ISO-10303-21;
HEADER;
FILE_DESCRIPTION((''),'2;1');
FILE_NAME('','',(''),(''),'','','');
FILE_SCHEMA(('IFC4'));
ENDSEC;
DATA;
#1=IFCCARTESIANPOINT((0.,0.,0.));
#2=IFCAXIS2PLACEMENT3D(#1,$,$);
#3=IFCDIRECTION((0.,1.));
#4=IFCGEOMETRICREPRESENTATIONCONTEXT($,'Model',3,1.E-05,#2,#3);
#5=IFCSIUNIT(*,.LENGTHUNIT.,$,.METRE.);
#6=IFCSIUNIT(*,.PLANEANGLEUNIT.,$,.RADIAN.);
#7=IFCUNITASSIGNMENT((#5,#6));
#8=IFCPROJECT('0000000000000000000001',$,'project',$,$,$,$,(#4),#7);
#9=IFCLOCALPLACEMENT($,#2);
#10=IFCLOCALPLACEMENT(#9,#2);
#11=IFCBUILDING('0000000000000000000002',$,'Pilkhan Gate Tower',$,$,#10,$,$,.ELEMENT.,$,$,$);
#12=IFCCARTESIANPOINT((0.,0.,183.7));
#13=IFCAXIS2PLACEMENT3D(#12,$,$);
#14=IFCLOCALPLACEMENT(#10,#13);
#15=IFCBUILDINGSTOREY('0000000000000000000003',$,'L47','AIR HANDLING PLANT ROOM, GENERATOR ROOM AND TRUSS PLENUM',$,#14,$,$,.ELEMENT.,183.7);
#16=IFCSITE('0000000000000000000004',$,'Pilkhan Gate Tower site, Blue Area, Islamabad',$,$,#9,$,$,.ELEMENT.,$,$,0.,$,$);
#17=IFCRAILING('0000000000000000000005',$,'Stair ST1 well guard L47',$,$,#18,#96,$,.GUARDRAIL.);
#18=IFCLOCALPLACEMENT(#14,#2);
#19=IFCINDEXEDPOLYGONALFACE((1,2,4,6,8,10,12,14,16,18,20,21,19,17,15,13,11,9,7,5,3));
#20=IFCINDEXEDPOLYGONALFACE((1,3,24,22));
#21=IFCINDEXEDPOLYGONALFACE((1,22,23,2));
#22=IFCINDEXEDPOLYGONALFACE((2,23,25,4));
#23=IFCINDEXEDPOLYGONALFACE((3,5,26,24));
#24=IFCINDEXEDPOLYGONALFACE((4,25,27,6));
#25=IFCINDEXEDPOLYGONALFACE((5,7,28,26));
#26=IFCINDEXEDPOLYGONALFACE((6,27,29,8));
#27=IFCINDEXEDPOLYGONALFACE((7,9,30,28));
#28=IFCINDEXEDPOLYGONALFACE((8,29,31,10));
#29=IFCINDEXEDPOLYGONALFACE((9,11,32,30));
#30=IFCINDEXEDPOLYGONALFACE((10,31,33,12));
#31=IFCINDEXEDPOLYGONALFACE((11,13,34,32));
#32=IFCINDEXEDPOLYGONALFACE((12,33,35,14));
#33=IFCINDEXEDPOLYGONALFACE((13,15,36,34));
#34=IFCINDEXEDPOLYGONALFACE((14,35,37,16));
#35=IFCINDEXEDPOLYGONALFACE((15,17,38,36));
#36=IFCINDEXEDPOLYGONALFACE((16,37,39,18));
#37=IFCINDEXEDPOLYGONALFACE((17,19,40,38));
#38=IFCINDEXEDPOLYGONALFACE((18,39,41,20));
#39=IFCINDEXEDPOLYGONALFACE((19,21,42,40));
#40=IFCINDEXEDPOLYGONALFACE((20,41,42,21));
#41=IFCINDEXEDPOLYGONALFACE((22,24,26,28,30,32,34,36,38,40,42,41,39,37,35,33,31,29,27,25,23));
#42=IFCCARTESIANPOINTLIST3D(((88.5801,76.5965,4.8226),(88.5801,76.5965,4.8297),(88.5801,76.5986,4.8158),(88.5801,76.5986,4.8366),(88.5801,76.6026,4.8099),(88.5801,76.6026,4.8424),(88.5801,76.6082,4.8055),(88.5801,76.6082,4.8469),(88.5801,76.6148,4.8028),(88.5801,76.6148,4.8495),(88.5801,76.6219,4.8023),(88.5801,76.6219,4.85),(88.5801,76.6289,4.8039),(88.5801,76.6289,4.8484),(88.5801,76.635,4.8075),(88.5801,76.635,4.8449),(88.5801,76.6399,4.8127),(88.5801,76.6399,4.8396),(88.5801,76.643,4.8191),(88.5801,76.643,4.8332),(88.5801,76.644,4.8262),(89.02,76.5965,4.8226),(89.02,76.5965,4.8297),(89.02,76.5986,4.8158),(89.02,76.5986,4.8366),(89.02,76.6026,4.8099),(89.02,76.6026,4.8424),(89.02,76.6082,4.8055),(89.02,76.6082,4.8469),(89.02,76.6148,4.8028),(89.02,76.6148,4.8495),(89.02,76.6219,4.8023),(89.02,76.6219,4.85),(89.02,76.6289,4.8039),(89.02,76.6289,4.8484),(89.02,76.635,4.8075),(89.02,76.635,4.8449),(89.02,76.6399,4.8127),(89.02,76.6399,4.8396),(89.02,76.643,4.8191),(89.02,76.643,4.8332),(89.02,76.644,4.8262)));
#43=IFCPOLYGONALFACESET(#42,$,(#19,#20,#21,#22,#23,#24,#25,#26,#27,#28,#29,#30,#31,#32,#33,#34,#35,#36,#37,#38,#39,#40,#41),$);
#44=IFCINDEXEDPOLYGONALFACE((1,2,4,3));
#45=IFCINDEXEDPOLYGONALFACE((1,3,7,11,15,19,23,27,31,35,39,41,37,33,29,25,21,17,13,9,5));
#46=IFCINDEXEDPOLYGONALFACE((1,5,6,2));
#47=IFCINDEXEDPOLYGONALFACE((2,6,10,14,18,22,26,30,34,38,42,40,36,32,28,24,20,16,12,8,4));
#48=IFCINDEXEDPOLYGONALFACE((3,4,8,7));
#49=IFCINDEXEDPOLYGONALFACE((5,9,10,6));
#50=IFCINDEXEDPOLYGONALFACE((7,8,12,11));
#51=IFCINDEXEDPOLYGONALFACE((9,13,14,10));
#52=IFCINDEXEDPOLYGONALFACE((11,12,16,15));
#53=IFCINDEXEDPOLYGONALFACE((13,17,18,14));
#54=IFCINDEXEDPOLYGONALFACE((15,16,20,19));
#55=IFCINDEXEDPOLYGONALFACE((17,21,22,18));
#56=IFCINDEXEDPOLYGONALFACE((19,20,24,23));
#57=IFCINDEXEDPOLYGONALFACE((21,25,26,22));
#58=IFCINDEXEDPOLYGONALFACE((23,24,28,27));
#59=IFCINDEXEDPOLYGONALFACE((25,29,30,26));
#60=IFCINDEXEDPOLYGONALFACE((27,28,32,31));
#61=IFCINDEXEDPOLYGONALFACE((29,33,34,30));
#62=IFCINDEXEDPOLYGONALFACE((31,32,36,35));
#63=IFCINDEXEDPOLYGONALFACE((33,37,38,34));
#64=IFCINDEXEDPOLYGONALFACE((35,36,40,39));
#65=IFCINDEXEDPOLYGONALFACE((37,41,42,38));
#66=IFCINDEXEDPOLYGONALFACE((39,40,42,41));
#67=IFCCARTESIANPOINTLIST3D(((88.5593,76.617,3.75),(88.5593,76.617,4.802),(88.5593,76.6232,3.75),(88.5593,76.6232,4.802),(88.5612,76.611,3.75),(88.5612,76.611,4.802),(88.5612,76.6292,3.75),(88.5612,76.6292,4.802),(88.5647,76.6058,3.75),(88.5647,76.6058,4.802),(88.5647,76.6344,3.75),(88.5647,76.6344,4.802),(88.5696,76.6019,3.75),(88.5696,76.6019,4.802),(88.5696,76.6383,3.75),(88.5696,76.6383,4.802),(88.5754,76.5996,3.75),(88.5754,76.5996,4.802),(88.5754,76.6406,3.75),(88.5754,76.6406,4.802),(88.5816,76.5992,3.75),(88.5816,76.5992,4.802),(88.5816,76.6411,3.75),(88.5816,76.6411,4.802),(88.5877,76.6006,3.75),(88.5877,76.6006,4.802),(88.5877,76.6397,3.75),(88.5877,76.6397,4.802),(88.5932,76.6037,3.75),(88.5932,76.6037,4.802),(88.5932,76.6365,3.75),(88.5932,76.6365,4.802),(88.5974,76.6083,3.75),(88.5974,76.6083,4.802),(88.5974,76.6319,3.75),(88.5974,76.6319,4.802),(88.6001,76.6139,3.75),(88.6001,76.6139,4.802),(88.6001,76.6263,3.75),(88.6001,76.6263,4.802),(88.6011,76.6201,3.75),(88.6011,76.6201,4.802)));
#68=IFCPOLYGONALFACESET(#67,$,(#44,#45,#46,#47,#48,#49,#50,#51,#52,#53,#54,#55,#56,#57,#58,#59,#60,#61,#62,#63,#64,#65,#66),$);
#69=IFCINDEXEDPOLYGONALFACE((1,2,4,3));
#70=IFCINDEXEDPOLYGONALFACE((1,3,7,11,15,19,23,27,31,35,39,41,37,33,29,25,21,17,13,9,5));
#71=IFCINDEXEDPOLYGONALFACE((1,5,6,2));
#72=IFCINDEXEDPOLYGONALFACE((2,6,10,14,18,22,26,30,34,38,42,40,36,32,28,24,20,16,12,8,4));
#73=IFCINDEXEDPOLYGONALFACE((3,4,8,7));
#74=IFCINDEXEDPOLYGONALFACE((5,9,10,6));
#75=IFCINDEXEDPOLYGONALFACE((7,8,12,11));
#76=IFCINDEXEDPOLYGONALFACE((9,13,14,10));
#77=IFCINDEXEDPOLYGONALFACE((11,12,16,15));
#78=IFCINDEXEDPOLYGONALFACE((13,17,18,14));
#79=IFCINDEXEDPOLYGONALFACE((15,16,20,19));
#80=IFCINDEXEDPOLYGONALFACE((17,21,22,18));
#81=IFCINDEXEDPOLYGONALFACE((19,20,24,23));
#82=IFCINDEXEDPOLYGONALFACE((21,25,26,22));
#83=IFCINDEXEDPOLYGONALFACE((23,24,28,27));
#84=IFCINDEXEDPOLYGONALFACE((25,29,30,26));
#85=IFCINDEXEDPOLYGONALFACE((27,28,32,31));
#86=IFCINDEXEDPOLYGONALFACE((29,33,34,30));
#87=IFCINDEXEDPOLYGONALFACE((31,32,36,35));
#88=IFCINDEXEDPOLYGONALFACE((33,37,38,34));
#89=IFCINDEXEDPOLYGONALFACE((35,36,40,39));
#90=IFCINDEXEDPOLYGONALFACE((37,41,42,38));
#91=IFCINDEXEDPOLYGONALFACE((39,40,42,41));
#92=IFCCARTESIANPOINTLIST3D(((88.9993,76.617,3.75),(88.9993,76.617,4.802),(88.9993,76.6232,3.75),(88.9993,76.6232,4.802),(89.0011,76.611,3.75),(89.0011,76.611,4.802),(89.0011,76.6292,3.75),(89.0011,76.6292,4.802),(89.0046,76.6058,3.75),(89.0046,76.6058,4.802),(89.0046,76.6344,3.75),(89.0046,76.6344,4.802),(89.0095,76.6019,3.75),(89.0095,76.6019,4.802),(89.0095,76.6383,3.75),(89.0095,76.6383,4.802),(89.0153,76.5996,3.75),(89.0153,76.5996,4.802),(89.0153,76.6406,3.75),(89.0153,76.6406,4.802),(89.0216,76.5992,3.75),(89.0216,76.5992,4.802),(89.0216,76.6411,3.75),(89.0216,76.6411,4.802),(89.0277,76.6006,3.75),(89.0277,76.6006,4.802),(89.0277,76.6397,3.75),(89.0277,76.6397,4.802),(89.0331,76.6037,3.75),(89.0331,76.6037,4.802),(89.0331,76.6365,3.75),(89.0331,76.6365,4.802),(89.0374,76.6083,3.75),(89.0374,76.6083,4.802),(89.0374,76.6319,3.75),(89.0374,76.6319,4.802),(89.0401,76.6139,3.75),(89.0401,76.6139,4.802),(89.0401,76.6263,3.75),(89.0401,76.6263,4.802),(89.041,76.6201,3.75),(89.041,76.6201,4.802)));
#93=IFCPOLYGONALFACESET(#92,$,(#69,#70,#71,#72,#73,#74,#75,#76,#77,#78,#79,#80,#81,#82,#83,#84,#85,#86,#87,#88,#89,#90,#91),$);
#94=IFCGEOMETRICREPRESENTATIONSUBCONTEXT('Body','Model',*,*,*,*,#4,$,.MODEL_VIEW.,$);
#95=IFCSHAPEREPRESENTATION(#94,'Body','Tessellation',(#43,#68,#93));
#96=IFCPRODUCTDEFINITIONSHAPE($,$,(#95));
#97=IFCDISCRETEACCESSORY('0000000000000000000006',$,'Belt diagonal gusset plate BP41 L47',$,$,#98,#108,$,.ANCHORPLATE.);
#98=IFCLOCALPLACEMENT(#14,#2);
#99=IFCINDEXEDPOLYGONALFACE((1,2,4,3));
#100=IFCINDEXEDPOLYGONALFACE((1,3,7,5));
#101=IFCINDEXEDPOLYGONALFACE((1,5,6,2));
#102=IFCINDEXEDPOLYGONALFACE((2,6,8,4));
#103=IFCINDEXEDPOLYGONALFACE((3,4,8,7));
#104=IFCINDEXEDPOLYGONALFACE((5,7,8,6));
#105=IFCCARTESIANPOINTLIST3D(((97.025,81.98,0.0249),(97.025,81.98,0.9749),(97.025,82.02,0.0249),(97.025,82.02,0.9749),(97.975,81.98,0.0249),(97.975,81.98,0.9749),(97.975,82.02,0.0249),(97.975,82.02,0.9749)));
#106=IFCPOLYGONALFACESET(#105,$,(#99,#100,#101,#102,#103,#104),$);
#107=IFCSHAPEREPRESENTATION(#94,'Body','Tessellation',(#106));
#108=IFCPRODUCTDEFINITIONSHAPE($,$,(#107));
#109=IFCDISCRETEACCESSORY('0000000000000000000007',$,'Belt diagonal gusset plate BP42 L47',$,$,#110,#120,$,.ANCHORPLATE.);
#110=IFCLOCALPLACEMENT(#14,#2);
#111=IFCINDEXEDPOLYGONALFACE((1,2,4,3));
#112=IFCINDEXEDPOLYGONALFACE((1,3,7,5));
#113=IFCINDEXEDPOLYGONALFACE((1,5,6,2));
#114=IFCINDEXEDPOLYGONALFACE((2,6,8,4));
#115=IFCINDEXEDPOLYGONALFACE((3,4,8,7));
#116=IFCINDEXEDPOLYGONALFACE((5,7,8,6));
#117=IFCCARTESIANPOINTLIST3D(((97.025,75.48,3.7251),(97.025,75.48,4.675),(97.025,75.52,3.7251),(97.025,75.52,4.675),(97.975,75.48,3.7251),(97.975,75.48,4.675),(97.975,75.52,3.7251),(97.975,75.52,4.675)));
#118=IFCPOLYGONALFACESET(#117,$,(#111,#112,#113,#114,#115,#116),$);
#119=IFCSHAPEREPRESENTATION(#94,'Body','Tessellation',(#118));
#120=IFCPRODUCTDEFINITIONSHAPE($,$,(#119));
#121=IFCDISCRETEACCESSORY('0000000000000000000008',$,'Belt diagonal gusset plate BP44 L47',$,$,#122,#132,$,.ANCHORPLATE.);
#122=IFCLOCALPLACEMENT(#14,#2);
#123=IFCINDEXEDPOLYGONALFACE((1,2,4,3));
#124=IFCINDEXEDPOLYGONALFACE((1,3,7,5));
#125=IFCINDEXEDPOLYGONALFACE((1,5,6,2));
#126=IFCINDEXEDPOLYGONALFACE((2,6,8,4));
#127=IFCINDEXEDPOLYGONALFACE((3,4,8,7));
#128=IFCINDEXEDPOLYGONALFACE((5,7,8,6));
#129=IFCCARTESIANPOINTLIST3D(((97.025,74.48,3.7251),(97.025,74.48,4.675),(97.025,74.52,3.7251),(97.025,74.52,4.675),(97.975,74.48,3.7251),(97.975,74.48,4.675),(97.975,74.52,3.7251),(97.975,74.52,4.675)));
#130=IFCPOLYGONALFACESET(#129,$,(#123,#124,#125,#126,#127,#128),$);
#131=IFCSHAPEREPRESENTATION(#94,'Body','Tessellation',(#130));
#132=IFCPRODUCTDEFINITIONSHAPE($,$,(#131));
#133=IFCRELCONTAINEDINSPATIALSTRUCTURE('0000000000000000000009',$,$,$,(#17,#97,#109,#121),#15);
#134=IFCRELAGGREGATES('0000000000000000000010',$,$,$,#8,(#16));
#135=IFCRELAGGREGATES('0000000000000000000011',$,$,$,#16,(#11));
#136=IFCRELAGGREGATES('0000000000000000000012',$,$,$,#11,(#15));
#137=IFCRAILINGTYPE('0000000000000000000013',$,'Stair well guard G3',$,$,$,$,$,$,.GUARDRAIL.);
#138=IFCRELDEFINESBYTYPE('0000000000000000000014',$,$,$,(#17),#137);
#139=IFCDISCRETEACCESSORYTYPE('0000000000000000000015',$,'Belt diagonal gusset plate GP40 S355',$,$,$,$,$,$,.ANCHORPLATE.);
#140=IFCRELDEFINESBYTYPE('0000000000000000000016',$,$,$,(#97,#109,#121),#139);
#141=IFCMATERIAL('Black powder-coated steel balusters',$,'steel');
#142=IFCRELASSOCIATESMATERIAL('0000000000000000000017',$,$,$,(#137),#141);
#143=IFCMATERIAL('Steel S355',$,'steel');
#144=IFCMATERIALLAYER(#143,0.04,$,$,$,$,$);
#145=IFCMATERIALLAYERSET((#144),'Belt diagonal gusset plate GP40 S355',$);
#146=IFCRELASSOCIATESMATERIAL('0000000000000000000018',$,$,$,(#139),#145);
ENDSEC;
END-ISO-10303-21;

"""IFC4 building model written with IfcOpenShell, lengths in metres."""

from ifc_helpers import new_model, si_unit, direction, frame, origin, origin_2d, place, context, subcontext, project, spatial, rectangle, circle, extrude, material, layer, layer_set, type_object, element, save


model = new_model("IFC4")

# Units and contexts
model_context = context("Model", 3, precision=1e-05, world=origin(), true_north=direction((0.0, 1.0)))
body_context = subcontext(model_context, "Body", "Model", "MODEL_VIEW")
ifc_project = project(units=[si_unit("LENGTHUNIT", "METRE"), si_unit("PLANEANGLEUNIT", "RADIAN")], contexts=[model_context])

# Site, building, storey
site_placement = place(None, origin())
site = spatial("IfcSite", under=ifc_project, at=site_placement, Name="Pilkhan Gate Tower site, Blue Area, Islamabad", CompositionType="ELEMENT", RefElevation=0.0)
building_placement = place(site_placement, origin())
building = spatial("IfcBuilding", under=site, at=building_placement, Name="Pilkhan Gate Tower", CompositionType="ELEMENT")
storey_placement = place(building_placement, frame((0.0, 0.0, 183.7)))
storey = spatial("IfcBuildingStorey", under=building, at=storey_placement, Name="L47", Description="AIR HANDLING PLANT ROOM, GENERATOR ROOM AND TRUSS PLENUM", CompositionType="ELEMENT", Elevation=183.7)

# Railing
ifc_material_1 = material(Name="Black powder-coated steel balusters", Category="steel")
railing_type_1 = type_object("IfcRailingType", Name="Stair well guard G3", PredefinedType="GUARDRAIL", material=ifc_material_1)
for number, where, name in (
    (1, (88.5801, 76.6201, 3.75), "Stair ST1 well guard L47"),
):
    element("IfcRailing", number, at=place(storey_placement, frame(where)), inside=storey, type_object=railing_type_1, Name=name, PredefinedType="GUARDRAIL", context=body_context, shape_type="SweptSolid", body=[
        extrude(circle(Radius=0.0239, at=origin_2d()), frame((0.0, 0.0, 1.0762), z_axis=(1.0, 0.0, 0.0), x_axis=(0.0, 1.0, 0.0)), (0.0, 0.0, 1.0), 0.4399),
        extrude(circle(Radius=0.021, at=origin_2d()), origin(), (0.0, 0.0, 1.0), 1.052),
        extrude(circle(Radius=0.021, at=origin_2d()), frame((0.4399, 0.0, 0.0)), (0.0, 0.0, 1.0), 1.052),
    ])

# Discrete accessories
ifc_material_2 = material(Name="Steel S355", Category="steel")
ifc_layer_1 = layer(ifc_material_2, 0.04)
ifc_layer_set_1 = layer_set([ifc_layer_1], Name="Belt diagonal gusset plate GP40 S355")
discrete_accessory_type = type_object("IfcDiscreteAccessoryType", Name="Belt diagonal gusset plate GP40 S355", PredefinedType="ANCHORPLATE", material=ifc_layer_set_1)
for number, where, z_axis, x_axis, name in (
    (2, (97.5, 82.0, 0.0249), (0.0, 0.0, 1.0), (0.0, 1.0, 0.0), "Belt diagonal gusset plate BP41 L47"),
    (3, (97.5, 75.5, 3.7251), (0.0, 0.0, 1.0), (0.0, 1.0, 0.0), "Belt diagonal gusset plate BP42 L47"),
    (4, (97.5, 74.5, 3.7251), (0.0, 0.0, 1.0), (0.0, 1.0, 0.0), "Belt diagonal gusset plate BP44 L47"),
):
    element("IfcDiscreteAccessory", number, at=place(storey_placement, frame(where, z_axis=z_axis, x_axis=x_axis)), inside=storey, type_object=discrete_accessory_type, Name=name, PredefinedType="ANCHORPLATE", context=body_context, shape_type="SweptSolid", body=[
        extrude(rectangle(XDim=0.04, YDim=0.95, at=origin_2d()), origin(), (0.0, 0.0, 1.0), 0.95),
    ])

save(model, "model.ifc")
